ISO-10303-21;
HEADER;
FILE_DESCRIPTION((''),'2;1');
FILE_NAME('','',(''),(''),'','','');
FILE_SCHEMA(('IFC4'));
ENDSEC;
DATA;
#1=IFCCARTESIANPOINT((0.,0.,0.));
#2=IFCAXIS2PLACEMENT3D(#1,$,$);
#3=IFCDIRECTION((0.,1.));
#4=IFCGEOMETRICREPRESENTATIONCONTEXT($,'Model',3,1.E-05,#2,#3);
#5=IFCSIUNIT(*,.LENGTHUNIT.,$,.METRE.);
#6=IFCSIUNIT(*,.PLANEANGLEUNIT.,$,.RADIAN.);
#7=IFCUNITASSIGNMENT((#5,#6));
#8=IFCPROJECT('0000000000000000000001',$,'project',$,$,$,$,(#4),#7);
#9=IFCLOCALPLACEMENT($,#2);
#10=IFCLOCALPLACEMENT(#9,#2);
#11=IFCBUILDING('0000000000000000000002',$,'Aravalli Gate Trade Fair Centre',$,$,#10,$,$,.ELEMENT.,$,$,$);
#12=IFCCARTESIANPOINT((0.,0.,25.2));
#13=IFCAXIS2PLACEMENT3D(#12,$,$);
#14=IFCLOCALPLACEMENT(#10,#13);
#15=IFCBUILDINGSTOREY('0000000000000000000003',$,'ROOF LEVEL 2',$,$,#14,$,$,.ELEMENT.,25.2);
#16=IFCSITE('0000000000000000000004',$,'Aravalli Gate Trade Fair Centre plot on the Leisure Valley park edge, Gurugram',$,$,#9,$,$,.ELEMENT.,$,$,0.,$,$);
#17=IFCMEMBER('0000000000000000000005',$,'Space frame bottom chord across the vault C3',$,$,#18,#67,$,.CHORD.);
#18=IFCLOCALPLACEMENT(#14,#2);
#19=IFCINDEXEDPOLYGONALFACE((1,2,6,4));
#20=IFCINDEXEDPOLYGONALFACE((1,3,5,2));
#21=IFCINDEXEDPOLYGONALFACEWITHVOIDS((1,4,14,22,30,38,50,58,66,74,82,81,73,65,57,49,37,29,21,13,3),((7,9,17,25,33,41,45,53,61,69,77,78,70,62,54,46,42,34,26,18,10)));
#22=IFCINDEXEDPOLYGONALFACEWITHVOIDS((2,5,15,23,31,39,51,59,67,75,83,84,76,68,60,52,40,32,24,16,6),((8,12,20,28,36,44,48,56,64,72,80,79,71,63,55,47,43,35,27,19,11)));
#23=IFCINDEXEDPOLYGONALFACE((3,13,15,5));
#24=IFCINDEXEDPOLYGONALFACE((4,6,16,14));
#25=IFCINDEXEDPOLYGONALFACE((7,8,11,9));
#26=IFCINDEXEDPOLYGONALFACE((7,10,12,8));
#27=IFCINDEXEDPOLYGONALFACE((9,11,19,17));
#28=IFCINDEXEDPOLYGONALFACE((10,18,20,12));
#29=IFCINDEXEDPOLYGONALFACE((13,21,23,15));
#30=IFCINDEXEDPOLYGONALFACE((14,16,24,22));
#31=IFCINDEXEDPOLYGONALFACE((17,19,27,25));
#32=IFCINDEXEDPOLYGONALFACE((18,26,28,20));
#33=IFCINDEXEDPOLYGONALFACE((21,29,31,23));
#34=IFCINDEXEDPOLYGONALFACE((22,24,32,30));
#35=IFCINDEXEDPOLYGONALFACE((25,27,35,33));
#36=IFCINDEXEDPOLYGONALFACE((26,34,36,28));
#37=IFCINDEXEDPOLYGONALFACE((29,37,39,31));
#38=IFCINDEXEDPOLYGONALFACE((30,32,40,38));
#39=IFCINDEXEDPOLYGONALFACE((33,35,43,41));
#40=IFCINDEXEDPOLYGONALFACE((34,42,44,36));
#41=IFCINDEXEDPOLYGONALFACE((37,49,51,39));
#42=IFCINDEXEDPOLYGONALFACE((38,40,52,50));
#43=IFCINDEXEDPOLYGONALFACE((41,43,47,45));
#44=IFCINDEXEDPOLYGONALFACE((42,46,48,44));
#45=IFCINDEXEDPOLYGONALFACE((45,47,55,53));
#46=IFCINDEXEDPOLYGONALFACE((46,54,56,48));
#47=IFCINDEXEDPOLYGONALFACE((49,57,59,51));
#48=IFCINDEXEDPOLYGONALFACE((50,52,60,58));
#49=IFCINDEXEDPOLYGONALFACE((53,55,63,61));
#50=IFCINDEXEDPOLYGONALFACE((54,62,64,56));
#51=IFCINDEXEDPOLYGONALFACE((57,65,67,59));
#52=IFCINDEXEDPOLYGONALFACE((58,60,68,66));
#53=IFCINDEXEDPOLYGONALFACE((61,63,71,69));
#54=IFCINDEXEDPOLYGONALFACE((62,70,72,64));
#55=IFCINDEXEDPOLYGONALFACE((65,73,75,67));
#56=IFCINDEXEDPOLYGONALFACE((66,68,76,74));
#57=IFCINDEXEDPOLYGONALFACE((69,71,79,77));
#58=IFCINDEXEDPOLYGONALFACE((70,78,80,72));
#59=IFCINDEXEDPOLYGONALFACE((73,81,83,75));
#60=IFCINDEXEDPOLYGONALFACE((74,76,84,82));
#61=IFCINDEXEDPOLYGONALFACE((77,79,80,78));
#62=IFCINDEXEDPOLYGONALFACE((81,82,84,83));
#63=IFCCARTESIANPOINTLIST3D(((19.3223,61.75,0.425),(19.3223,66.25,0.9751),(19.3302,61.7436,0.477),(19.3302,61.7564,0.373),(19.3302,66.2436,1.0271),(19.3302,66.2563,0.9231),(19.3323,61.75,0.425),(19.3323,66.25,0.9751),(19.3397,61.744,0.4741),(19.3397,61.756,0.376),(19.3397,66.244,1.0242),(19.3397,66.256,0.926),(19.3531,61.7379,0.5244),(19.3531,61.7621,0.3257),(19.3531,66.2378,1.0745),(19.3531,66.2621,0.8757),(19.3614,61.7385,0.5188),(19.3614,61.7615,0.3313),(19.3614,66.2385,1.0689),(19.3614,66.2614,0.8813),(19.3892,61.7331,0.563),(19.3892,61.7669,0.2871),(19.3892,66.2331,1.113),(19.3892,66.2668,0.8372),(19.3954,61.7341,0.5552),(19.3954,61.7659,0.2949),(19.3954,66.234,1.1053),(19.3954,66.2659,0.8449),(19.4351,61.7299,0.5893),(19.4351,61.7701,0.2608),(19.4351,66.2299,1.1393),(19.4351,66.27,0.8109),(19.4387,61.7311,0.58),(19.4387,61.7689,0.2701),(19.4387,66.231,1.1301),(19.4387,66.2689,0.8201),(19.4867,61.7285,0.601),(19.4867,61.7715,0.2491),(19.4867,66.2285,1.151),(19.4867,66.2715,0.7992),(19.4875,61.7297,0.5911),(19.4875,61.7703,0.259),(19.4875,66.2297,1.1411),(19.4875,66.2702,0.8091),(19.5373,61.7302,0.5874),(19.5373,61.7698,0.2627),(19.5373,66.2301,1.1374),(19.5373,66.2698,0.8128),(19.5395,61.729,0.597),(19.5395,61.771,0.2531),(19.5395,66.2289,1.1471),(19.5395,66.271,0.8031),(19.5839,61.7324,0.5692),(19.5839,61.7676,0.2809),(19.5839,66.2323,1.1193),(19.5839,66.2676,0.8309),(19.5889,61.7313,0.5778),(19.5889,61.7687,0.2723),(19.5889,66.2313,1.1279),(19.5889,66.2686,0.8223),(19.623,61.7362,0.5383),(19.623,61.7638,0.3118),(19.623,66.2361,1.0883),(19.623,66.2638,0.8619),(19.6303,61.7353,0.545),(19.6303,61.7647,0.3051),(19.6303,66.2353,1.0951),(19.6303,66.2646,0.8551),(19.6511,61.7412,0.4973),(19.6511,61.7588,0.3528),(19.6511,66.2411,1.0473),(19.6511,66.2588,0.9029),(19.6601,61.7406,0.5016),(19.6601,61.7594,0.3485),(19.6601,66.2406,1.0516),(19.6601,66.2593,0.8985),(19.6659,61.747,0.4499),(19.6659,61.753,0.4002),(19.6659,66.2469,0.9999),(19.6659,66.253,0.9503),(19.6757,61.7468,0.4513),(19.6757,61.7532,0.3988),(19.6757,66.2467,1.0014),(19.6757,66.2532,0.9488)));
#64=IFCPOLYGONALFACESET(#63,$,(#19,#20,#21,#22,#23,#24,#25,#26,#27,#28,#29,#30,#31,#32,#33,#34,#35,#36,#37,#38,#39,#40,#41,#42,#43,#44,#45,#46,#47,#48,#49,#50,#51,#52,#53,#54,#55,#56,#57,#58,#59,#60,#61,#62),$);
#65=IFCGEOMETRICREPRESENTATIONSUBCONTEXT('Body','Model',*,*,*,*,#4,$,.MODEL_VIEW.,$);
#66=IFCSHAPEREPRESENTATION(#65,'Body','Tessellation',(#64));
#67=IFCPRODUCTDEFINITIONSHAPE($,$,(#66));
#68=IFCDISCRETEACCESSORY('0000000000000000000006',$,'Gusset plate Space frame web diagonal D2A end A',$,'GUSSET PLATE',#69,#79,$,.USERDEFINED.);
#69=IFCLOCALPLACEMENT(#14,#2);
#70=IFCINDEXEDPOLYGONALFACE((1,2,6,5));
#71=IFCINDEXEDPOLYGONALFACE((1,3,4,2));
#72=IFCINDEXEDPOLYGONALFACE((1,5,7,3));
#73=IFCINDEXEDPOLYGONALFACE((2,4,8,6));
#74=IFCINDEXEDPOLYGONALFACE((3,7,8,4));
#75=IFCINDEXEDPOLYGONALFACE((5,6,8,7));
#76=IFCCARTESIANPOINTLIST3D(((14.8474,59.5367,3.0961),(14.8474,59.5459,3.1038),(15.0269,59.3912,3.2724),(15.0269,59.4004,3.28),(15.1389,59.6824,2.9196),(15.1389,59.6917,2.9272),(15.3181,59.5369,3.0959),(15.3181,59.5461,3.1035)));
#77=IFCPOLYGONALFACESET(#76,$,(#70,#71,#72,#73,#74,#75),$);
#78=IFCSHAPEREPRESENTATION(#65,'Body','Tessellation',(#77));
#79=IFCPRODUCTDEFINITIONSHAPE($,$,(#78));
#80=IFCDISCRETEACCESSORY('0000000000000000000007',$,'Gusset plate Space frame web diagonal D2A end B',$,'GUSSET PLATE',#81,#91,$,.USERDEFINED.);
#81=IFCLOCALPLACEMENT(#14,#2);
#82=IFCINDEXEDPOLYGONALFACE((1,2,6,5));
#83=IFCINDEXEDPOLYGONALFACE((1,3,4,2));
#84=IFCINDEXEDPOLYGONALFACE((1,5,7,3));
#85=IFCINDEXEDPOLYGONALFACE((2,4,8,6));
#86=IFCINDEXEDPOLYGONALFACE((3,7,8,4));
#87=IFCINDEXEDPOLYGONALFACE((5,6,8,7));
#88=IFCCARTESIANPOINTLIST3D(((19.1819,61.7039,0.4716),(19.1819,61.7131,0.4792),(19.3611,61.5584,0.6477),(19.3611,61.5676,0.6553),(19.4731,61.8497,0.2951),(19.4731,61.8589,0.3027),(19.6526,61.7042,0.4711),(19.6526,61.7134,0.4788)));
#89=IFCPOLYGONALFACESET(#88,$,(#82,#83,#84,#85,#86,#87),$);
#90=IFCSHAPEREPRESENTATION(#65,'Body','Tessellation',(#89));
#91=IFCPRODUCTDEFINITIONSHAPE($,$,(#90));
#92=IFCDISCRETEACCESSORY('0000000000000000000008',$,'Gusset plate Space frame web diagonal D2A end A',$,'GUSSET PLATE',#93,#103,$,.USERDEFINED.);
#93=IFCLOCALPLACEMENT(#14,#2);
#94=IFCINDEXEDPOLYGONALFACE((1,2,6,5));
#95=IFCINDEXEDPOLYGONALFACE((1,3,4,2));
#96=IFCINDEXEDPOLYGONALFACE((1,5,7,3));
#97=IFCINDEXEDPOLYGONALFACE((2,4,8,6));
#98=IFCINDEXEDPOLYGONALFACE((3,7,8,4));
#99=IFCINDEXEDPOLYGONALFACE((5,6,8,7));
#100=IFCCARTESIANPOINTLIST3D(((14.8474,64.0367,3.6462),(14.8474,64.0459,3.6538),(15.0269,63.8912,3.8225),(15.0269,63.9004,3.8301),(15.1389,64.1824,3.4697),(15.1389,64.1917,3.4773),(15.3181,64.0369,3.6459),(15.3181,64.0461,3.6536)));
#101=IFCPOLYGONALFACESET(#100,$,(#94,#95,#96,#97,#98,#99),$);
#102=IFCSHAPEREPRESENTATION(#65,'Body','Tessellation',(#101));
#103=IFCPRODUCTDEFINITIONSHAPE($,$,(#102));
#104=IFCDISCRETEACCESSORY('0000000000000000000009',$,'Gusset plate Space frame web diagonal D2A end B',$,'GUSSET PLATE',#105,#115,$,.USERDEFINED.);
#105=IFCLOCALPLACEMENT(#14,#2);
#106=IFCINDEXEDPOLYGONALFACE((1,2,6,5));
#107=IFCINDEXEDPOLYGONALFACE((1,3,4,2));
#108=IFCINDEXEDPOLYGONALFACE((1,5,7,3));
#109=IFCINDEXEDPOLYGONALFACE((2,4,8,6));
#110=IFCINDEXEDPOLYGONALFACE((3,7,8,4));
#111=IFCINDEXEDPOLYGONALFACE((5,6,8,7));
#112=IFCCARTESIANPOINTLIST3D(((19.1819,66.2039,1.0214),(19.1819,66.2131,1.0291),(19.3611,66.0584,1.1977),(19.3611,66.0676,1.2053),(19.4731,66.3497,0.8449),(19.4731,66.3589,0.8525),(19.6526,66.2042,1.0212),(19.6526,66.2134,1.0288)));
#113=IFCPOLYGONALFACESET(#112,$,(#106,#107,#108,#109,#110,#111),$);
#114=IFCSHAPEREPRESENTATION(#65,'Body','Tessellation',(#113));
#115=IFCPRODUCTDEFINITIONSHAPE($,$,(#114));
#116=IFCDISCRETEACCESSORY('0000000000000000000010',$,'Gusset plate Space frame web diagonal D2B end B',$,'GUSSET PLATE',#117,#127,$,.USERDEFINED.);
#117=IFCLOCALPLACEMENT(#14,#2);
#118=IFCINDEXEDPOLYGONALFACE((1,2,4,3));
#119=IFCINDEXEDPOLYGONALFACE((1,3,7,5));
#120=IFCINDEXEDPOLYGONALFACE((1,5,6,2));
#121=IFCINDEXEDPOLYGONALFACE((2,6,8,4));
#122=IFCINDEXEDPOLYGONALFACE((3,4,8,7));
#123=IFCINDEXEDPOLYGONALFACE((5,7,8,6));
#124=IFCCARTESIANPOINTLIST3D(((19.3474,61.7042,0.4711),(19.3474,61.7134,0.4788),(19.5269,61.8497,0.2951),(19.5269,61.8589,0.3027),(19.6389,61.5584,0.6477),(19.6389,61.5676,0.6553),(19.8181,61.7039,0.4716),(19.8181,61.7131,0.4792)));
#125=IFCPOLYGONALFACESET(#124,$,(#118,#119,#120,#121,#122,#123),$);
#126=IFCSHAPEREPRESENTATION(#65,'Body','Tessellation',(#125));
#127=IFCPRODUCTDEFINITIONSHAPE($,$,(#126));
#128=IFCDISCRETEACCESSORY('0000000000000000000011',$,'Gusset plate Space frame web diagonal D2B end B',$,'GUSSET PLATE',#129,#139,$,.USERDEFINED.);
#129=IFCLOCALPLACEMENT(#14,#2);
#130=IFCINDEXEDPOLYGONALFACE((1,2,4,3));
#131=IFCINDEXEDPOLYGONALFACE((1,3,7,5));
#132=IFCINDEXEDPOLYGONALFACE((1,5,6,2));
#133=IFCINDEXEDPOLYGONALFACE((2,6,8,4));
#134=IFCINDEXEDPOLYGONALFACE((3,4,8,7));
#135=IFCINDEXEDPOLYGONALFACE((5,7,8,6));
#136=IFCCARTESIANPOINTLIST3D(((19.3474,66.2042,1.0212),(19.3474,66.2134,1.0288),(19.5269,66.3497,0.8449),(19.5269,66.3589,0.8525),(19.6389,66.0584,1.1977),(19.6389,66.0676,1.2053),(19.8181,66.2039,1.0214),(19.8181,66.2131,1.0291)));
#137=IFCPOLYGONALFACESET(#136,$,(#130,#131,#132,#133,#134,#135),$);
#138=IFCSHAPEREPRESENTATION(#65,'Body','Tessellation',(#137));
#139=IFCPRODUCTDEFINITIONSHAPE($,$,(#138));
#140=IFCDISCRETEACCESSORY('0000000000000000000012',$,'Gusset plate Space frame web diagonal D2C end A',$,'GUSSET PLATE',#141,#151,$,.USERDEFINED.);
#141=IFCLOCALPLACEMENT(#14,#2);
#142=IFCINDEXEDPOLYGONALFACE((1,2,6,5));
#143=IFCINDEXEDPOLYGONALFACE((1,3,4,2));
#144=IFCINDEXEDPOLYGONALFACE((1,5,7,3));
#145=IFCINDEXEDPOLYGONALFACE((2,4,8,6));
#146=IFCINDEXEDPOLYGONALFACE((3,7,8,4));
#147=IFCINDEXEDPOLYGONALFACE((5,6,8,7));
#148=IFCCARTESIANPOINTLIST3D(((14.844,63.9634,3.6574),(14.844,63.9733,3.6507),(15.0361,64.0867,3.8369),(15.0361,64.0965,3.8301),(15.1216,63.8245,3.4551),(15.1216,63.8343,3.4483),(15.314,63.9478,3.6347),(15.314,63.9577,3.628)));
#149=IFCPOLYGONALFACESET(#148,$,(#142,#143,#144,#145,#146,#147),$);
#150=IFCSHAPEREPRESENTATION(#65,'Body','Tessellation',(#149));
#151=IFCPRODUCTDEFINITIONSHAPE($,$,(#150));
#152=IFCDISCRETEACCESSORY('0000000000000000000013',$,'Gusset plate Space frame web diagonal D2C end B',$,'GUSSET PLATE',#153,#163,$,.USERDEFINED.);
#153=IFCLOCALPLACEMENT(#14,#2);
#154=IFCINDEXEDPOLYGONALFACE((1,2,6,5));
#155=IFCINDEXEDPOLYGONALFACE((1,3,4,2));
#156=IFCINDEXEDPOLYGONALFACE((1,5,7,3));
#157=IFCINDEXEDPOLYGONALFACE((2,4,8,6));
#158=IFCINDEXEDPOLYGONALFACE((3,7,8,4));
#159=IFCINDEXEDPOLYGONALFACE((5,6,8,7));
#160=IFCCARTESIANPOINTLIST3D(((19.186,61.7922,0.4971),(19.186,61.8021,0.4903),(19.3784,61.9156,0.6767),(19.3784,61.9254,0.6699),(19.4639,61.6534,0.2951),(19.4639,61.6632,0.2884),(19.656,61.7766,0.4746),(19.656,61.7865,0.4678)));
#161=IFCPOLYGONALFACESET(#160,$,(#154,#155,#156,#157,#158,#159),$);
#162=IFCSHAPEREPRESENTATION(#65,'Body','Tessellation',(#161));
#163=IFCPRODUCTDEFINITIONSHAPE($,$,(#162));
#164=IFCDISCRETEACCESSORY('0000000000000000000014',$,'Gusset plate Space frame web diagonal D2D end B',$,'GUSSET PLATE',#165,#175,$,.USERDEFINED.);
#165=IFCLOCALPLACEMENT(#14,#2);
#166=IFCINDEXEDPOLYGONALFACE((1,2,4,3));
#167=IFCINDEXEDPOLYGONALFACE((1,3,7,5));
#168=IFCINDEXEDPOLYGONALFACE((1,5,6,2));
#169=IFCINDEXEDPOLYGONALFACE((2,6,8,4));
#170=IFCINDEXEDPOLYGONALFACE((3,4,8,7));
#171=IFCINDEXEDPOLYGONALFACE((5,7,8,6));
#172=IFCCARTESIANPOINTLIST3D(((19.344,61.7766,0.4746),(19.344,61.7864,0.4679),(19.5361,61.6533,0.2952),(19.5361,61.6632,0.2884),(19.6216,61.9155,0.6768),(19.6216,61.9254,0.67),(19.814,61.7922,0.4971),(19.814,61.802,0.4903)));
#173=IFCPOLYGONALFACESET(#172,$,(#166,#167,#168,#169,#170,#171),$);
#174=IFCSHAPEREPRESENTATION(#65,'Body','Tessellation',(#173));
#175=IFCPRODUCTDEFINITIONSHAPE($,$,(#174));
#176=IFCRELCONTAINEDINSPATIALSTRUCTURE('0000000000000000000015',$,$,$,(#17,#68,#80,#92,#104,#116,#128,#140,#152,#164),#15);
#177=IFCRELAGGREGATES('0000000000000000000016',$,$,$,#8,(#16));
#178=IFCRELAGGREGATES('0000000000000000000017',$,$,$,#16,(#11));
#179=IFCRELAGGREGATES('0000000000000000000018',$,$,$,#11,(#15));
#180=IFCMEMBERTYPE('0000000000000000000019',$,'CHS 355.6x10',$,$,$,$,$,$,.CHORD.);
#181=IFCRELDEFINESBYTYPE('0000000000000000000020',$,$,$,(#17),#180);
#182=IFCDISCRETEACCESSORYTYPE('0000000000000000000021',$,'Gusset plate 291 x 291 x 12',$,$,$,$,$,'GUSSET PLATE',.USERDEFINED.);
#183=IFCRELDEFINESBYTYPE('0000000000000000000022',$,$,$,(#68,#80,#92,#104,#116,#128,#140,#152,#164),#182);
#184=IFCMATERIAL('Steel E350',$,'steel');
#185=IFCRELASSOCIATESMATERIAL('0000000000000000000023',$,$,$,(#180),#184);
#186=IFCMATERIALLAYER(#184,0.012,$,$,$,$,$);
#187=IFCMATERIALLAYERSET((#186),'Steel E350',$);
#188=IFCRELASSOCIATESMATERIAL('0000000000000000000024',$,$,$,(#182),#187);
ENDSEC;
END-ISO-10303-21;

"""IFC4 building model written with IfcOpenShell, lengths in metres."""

from ifc_helpers import new_model, si_unit, direction, frame, origin, origin_2d, place, context, subcontext, project, spatial, polyline, hollow_circle, outline, extrude, material, layer, layer_set, material_profile, profile_set, type_object, element, save


model = new_model("IFC4")

# Units and contexts
model_context = context("Model", 3, precision=1e-05, world=origin(), true_north=direction((0.0, 1.0)))
body_context = subcontext(model_context, "Body", "Model", "MODEL_VIEW")
ifc_project = project(units=[si_unit("LENGTHUNIT", "METRE"), si_unit("PLANEANGLEUNIT", "RADIAN")], contexts=[model_context])

# Site, building, storey
site_placement = place(None, origin())
site = spatial("IfcSite", under=ifc_project, at=site_placement, Name="Aravalli Gate Trade Fair Centre plot on the Leisure Valley park edge, Gurugram", CompositionType="ELEMENT", RefElevation=0.0)
building_placement = place(site_placement, origin())
building = spatial("IfcBuilding", under=site, at=building_placement, Name="Aravalli Gate Trade Fair Centre", CompositionType="ELEMENT")
storey_placement = place(building_placement, frame((0.0, 0.0, 25.2)))
storey = spatial("IfcBuildingStorey", under=building, at=storey_placement, Name="ROOF LEVEL 2", CompositionType="ELEMENT", Elevation=25.2)

# Member
ifc_material = material(Name="Steel E350", Category="steel")
ifc_material_profile_1 = material_profile(ifc_material, hollow_circle(Radius=0.1777, WallThickness=0.01, at=origin_2d()), Name="CHS 355.6x10")
ifc_profile_set_1 = profile_set([ifc_material_profile_1], Name="Steel E350")
member_type_1 = type_object("IfcMemberType", Name="CHS 355.6x10", PredefinedType="CHORD", material=ifc_profile_set_1)
member_1_placement = place(storey_placement, frame((19.5, 61.75, 0.425), z_axis=(0.0, 0.992612, 0.12133), x_axis=(-1.0, 0.0, 0.0)))
element("IfcMember", 1, at=member_1_placement, inside=storey, type_object=member_type_1, Name="Space frame bottom chord across the vault C3", PredefinedType="CHORD", context=body_context, shape_type="SweptSolid", body=[
    extrude(hollow_circle(Radius=0.1777, WallThickness=0.01, at=origin_2d()), origin(), (0.0, 0.0, 1.0), 4.5334),
])

# Discrete accessories
ifc_layer_1 = layer(ifc_material, 0.012)
ifc_layer_set_1 = layer_set([ifc_layer_1], Name="Steel E350")
discrete_accessory_type_1 = type_object("IfcDiscreteAccessoryType", Name="Gusset plate 291 x 291 x 12", ElementType="GUSSET PLATE", PredefinedType="USERDEFINED", material=ifc_layer_set_1)
discrete_accessory_1_placement = place(storey_placement, frame((15.1389, 59.6917, 2.9272), z_axis=(-0.00007, 0.771155, 0.636648), x_axis=(-0.786484, -0.393242, 0.476238)))
element("IfcDiscreteAccessory", 2, at=discrete_accessory_1_placement, inside=storey, type_object=discrete_accessory_type_1, Name="Gusset plate Space frame web diagonal D2A end A", ObjectType="GUSSET PLATE", PredefinedType="USERDEFINED", context=body_context, shape_type="SweptSolid", body=[
    extrude(outline(polyline([(0.0, 0.0), (0.3706, 0.0), (0.3707, 0.2906), (0.0002, 0.2904), (0.0, 0.0)])), origin(), (0.0, 0.0, -1.0), 0.012),
])
discrete_accessory_2_placement = place(storey_placement, frame((19.1819, 61.7131, 0.4792), z_axis=(0.000261, 0.770887, 0.636972), x_axis=(0.786233, 0.393446, -0.476485)))
element("IfcDiscreteAccessory", 3, at=discrete_accessory_2_placement, inside=storey, type_object=discrete_accessory_type_1, Name="Gusset plate Space frame web diagonal D2A end B", ObjectType="GUSSET PLATE", PredefinedType="USERDEFINED", context=body_context, shape_type="SweptSolid", body=[
    extrude(outline(polyline([(0.0, 0.0), (0.3704, 0.0), (0.3704, -0.2904), (-0.0002, -0.2903), (0.0, 0.0)])), origin(), (0.0, 0.0, -1.0), 0.012),
])
discrete_accessory_3_placement = place(storey_placement, frame((15.1389, 64.1917, 3.4773), z_axis=(-0.00007, 0.771155, 0.636648), x_axis=(-0.786484, -0.393242, 0.476238)))
element("IfcDiscreteAccessory", 4, at=discrete_accessory_3_placement, inside=storey, type_object=discrete_accessory_type_1, Name="Gusset plate Space frame web diagonal D2A end A", ObjectType="GUSSET PLATE", PredefinedType="USERDEFINED", context=body_context, shape_type="SweptSolid", body=[
    extrude(outline(polyline([(0.0, 0.0), (0.3706, 0.0), (0.3707, 0.2906), (0.0002, 0.2904), (0.0, 0.0)])), origin(), (0.0, 0.0, -1.0), 0.012),
])
discrete_accessory_4_placement = place(storey_placement, frame((19.1819, 66.2131, 1.0291), z_axis=(-0.00007, 0.771155, 0.636648), x_axis=(0.786233, 0.393446, -0.476485)))
element("IfcDiscreteAccessory", 5, at=discrete_accessory_4_placement, inside=storey, type_object=discrete_accessory_type_1, Name="Gusset plate Space frame web diagonal D2A end B", ObjectType="GUSSET PLATE", PredefinedType="USERDEFINED", context=body_context, shape_type="SweptSolid", body=[
    extrude(outline(polyline([(0.0, 0.0), (0.3704, 0.0), (0.3703, -0.2906), (-0.0003, -0.2904), (0.0, 0.0)])), origin(), (0.0, 0.0, -1.0), 0.012),
])
discrete_accessory_5_placement = place(storey_placement, frame((19.6389, 61.5676, 0.6553), z_axis=(-0.000261, 0.770887, 0.636972), x_axis=(-0.786484, 0.393242, -0.476238)))
element("IfcDiscreteAccessory", 6, at=discrete_accessory_5_placement, inside=storey, type_object=discrete_accessory_type_1, Name="Gusset plate Space frame web diagonal D2B end B", ObjectType="GUSSET PLATE", PredefinedType="USERDEFINED", context=body_context, shape_type="SweptSolid", body=[
    extrude(outline(polyline([(0.0, 0.0), (0.3706, 0.0), (0.3706, -0.2904), (0.0001, -0.2903), (0.0, 0.0)])), origin(), (0.0, 0.0, -1.0), 0.012),
])
discrete_accessory_6_placement = place(storey_placement, frame((19.6389, 66.0676, 1.2053), z_axis=(0.00007, 0.771155, 0.636648), x_axis=(-0.786484, 0.393242, -0.476238)))
element("IfcDiscreteAccessory", 7, at=discrete_accessory_6_placement, inside=storey, type_object=discrete_accessory_type_1, Name="Gusset plate Space frame web diagonal D2B end B", ObjectType="GUSSET PLATE", PredefinedType="USERDEFINED", context=body_context, shape_type="SweptSolid", body=[
    extrude(outline(polyline([(0.0, 0.0), (0.3706, 0.0), (0.3707, -0.2906), (0.0002, -0.2904), (0.0, 0.0)])), origin(), (0.0, 0.0, -1.0), 0.012),
])
discrete_accessory_7_placement = place(storey_placement, frame((15.1216, 63.8245, 3.4551), z_axis=(-0.000059, -0.824356, 0.566072), x_axis=(-0.749102, 0.375034, 0.546073)))
element("IfcDiscreteAccessory", 8, at=discrete_accessory_7_placement, inside=storey, type_object=discrete_accessory_type_1, Name="Gusset plate Space frame web diagonal D2C end A", ObjectType="GUSSET PLATE", PredefinedType="USERDEFINED", context=body_context, shape_type="SweptSolid", body=[
    extrude(outline(polyline([(0.0, 0.0), (0.3706, 0.0), (0.3709, -0.2904), (0.0002, -0.2907), (0.0, 0.0)])), origin(), (0.0, 0.0, -1.0), 0.012),
])
discrete_accessory_8_placement = place(storey_placement, frame((19.186, 61.7922, 0.4971), z_axis=(-0.000339, -0.824216, 0.566276), x_axis=(0.749929, -0.374811, -0.545089)))
element("IfcDiscreteAccessory", 9, at=discrete_accessory_8_placement, inside=storey, type_object=discrete_accessory_type_1, Name="Gusset plate Space frame web diagonal D2C end B", ObjectType="GUSSET PLATE", PredefinedType="USERDEFINED", context=body_context, shape_type="SweptSolid", body=[
    extrude(outline(polyline([(0.0, 0.0), (0.3705, 0.0), (0.3705, 0.2904), (0.0001, 0.2907), (0.0, 0.0)])), origin(), (0.0, 0.0, -1.0), 0.012),
])
discrete_accessory_9_placement = place(storey_placement, frame((19.6216, 61.9155, 0.6768), z_axis=(0.000339, -0.824216, 0.566276), x_axis=(-0.749371, -0.375169, -0.545611)))
element("IfcDiscreteAccessory", 10, at=discrete_accessory_9_placement, inside=storey, type_object=discrete_accessory_type_1, Name="Gusset plate Space frame web diagonal D2D end B", ObjectType="GUSSET PLATE", PredefinedType="USERDEFINED", context=body_context, shape_type="SweptSolid", body=[
    extrude(outline(polyline([(0.0, 0.0), (0.3704, 0.0), (0.3706, 0.2904), (0.0001, 0.2907), (0.0, 0.0)])), origin(), (0.0, 0.0, -1.0), 0.012),
])

save(model, "model.ifc")
